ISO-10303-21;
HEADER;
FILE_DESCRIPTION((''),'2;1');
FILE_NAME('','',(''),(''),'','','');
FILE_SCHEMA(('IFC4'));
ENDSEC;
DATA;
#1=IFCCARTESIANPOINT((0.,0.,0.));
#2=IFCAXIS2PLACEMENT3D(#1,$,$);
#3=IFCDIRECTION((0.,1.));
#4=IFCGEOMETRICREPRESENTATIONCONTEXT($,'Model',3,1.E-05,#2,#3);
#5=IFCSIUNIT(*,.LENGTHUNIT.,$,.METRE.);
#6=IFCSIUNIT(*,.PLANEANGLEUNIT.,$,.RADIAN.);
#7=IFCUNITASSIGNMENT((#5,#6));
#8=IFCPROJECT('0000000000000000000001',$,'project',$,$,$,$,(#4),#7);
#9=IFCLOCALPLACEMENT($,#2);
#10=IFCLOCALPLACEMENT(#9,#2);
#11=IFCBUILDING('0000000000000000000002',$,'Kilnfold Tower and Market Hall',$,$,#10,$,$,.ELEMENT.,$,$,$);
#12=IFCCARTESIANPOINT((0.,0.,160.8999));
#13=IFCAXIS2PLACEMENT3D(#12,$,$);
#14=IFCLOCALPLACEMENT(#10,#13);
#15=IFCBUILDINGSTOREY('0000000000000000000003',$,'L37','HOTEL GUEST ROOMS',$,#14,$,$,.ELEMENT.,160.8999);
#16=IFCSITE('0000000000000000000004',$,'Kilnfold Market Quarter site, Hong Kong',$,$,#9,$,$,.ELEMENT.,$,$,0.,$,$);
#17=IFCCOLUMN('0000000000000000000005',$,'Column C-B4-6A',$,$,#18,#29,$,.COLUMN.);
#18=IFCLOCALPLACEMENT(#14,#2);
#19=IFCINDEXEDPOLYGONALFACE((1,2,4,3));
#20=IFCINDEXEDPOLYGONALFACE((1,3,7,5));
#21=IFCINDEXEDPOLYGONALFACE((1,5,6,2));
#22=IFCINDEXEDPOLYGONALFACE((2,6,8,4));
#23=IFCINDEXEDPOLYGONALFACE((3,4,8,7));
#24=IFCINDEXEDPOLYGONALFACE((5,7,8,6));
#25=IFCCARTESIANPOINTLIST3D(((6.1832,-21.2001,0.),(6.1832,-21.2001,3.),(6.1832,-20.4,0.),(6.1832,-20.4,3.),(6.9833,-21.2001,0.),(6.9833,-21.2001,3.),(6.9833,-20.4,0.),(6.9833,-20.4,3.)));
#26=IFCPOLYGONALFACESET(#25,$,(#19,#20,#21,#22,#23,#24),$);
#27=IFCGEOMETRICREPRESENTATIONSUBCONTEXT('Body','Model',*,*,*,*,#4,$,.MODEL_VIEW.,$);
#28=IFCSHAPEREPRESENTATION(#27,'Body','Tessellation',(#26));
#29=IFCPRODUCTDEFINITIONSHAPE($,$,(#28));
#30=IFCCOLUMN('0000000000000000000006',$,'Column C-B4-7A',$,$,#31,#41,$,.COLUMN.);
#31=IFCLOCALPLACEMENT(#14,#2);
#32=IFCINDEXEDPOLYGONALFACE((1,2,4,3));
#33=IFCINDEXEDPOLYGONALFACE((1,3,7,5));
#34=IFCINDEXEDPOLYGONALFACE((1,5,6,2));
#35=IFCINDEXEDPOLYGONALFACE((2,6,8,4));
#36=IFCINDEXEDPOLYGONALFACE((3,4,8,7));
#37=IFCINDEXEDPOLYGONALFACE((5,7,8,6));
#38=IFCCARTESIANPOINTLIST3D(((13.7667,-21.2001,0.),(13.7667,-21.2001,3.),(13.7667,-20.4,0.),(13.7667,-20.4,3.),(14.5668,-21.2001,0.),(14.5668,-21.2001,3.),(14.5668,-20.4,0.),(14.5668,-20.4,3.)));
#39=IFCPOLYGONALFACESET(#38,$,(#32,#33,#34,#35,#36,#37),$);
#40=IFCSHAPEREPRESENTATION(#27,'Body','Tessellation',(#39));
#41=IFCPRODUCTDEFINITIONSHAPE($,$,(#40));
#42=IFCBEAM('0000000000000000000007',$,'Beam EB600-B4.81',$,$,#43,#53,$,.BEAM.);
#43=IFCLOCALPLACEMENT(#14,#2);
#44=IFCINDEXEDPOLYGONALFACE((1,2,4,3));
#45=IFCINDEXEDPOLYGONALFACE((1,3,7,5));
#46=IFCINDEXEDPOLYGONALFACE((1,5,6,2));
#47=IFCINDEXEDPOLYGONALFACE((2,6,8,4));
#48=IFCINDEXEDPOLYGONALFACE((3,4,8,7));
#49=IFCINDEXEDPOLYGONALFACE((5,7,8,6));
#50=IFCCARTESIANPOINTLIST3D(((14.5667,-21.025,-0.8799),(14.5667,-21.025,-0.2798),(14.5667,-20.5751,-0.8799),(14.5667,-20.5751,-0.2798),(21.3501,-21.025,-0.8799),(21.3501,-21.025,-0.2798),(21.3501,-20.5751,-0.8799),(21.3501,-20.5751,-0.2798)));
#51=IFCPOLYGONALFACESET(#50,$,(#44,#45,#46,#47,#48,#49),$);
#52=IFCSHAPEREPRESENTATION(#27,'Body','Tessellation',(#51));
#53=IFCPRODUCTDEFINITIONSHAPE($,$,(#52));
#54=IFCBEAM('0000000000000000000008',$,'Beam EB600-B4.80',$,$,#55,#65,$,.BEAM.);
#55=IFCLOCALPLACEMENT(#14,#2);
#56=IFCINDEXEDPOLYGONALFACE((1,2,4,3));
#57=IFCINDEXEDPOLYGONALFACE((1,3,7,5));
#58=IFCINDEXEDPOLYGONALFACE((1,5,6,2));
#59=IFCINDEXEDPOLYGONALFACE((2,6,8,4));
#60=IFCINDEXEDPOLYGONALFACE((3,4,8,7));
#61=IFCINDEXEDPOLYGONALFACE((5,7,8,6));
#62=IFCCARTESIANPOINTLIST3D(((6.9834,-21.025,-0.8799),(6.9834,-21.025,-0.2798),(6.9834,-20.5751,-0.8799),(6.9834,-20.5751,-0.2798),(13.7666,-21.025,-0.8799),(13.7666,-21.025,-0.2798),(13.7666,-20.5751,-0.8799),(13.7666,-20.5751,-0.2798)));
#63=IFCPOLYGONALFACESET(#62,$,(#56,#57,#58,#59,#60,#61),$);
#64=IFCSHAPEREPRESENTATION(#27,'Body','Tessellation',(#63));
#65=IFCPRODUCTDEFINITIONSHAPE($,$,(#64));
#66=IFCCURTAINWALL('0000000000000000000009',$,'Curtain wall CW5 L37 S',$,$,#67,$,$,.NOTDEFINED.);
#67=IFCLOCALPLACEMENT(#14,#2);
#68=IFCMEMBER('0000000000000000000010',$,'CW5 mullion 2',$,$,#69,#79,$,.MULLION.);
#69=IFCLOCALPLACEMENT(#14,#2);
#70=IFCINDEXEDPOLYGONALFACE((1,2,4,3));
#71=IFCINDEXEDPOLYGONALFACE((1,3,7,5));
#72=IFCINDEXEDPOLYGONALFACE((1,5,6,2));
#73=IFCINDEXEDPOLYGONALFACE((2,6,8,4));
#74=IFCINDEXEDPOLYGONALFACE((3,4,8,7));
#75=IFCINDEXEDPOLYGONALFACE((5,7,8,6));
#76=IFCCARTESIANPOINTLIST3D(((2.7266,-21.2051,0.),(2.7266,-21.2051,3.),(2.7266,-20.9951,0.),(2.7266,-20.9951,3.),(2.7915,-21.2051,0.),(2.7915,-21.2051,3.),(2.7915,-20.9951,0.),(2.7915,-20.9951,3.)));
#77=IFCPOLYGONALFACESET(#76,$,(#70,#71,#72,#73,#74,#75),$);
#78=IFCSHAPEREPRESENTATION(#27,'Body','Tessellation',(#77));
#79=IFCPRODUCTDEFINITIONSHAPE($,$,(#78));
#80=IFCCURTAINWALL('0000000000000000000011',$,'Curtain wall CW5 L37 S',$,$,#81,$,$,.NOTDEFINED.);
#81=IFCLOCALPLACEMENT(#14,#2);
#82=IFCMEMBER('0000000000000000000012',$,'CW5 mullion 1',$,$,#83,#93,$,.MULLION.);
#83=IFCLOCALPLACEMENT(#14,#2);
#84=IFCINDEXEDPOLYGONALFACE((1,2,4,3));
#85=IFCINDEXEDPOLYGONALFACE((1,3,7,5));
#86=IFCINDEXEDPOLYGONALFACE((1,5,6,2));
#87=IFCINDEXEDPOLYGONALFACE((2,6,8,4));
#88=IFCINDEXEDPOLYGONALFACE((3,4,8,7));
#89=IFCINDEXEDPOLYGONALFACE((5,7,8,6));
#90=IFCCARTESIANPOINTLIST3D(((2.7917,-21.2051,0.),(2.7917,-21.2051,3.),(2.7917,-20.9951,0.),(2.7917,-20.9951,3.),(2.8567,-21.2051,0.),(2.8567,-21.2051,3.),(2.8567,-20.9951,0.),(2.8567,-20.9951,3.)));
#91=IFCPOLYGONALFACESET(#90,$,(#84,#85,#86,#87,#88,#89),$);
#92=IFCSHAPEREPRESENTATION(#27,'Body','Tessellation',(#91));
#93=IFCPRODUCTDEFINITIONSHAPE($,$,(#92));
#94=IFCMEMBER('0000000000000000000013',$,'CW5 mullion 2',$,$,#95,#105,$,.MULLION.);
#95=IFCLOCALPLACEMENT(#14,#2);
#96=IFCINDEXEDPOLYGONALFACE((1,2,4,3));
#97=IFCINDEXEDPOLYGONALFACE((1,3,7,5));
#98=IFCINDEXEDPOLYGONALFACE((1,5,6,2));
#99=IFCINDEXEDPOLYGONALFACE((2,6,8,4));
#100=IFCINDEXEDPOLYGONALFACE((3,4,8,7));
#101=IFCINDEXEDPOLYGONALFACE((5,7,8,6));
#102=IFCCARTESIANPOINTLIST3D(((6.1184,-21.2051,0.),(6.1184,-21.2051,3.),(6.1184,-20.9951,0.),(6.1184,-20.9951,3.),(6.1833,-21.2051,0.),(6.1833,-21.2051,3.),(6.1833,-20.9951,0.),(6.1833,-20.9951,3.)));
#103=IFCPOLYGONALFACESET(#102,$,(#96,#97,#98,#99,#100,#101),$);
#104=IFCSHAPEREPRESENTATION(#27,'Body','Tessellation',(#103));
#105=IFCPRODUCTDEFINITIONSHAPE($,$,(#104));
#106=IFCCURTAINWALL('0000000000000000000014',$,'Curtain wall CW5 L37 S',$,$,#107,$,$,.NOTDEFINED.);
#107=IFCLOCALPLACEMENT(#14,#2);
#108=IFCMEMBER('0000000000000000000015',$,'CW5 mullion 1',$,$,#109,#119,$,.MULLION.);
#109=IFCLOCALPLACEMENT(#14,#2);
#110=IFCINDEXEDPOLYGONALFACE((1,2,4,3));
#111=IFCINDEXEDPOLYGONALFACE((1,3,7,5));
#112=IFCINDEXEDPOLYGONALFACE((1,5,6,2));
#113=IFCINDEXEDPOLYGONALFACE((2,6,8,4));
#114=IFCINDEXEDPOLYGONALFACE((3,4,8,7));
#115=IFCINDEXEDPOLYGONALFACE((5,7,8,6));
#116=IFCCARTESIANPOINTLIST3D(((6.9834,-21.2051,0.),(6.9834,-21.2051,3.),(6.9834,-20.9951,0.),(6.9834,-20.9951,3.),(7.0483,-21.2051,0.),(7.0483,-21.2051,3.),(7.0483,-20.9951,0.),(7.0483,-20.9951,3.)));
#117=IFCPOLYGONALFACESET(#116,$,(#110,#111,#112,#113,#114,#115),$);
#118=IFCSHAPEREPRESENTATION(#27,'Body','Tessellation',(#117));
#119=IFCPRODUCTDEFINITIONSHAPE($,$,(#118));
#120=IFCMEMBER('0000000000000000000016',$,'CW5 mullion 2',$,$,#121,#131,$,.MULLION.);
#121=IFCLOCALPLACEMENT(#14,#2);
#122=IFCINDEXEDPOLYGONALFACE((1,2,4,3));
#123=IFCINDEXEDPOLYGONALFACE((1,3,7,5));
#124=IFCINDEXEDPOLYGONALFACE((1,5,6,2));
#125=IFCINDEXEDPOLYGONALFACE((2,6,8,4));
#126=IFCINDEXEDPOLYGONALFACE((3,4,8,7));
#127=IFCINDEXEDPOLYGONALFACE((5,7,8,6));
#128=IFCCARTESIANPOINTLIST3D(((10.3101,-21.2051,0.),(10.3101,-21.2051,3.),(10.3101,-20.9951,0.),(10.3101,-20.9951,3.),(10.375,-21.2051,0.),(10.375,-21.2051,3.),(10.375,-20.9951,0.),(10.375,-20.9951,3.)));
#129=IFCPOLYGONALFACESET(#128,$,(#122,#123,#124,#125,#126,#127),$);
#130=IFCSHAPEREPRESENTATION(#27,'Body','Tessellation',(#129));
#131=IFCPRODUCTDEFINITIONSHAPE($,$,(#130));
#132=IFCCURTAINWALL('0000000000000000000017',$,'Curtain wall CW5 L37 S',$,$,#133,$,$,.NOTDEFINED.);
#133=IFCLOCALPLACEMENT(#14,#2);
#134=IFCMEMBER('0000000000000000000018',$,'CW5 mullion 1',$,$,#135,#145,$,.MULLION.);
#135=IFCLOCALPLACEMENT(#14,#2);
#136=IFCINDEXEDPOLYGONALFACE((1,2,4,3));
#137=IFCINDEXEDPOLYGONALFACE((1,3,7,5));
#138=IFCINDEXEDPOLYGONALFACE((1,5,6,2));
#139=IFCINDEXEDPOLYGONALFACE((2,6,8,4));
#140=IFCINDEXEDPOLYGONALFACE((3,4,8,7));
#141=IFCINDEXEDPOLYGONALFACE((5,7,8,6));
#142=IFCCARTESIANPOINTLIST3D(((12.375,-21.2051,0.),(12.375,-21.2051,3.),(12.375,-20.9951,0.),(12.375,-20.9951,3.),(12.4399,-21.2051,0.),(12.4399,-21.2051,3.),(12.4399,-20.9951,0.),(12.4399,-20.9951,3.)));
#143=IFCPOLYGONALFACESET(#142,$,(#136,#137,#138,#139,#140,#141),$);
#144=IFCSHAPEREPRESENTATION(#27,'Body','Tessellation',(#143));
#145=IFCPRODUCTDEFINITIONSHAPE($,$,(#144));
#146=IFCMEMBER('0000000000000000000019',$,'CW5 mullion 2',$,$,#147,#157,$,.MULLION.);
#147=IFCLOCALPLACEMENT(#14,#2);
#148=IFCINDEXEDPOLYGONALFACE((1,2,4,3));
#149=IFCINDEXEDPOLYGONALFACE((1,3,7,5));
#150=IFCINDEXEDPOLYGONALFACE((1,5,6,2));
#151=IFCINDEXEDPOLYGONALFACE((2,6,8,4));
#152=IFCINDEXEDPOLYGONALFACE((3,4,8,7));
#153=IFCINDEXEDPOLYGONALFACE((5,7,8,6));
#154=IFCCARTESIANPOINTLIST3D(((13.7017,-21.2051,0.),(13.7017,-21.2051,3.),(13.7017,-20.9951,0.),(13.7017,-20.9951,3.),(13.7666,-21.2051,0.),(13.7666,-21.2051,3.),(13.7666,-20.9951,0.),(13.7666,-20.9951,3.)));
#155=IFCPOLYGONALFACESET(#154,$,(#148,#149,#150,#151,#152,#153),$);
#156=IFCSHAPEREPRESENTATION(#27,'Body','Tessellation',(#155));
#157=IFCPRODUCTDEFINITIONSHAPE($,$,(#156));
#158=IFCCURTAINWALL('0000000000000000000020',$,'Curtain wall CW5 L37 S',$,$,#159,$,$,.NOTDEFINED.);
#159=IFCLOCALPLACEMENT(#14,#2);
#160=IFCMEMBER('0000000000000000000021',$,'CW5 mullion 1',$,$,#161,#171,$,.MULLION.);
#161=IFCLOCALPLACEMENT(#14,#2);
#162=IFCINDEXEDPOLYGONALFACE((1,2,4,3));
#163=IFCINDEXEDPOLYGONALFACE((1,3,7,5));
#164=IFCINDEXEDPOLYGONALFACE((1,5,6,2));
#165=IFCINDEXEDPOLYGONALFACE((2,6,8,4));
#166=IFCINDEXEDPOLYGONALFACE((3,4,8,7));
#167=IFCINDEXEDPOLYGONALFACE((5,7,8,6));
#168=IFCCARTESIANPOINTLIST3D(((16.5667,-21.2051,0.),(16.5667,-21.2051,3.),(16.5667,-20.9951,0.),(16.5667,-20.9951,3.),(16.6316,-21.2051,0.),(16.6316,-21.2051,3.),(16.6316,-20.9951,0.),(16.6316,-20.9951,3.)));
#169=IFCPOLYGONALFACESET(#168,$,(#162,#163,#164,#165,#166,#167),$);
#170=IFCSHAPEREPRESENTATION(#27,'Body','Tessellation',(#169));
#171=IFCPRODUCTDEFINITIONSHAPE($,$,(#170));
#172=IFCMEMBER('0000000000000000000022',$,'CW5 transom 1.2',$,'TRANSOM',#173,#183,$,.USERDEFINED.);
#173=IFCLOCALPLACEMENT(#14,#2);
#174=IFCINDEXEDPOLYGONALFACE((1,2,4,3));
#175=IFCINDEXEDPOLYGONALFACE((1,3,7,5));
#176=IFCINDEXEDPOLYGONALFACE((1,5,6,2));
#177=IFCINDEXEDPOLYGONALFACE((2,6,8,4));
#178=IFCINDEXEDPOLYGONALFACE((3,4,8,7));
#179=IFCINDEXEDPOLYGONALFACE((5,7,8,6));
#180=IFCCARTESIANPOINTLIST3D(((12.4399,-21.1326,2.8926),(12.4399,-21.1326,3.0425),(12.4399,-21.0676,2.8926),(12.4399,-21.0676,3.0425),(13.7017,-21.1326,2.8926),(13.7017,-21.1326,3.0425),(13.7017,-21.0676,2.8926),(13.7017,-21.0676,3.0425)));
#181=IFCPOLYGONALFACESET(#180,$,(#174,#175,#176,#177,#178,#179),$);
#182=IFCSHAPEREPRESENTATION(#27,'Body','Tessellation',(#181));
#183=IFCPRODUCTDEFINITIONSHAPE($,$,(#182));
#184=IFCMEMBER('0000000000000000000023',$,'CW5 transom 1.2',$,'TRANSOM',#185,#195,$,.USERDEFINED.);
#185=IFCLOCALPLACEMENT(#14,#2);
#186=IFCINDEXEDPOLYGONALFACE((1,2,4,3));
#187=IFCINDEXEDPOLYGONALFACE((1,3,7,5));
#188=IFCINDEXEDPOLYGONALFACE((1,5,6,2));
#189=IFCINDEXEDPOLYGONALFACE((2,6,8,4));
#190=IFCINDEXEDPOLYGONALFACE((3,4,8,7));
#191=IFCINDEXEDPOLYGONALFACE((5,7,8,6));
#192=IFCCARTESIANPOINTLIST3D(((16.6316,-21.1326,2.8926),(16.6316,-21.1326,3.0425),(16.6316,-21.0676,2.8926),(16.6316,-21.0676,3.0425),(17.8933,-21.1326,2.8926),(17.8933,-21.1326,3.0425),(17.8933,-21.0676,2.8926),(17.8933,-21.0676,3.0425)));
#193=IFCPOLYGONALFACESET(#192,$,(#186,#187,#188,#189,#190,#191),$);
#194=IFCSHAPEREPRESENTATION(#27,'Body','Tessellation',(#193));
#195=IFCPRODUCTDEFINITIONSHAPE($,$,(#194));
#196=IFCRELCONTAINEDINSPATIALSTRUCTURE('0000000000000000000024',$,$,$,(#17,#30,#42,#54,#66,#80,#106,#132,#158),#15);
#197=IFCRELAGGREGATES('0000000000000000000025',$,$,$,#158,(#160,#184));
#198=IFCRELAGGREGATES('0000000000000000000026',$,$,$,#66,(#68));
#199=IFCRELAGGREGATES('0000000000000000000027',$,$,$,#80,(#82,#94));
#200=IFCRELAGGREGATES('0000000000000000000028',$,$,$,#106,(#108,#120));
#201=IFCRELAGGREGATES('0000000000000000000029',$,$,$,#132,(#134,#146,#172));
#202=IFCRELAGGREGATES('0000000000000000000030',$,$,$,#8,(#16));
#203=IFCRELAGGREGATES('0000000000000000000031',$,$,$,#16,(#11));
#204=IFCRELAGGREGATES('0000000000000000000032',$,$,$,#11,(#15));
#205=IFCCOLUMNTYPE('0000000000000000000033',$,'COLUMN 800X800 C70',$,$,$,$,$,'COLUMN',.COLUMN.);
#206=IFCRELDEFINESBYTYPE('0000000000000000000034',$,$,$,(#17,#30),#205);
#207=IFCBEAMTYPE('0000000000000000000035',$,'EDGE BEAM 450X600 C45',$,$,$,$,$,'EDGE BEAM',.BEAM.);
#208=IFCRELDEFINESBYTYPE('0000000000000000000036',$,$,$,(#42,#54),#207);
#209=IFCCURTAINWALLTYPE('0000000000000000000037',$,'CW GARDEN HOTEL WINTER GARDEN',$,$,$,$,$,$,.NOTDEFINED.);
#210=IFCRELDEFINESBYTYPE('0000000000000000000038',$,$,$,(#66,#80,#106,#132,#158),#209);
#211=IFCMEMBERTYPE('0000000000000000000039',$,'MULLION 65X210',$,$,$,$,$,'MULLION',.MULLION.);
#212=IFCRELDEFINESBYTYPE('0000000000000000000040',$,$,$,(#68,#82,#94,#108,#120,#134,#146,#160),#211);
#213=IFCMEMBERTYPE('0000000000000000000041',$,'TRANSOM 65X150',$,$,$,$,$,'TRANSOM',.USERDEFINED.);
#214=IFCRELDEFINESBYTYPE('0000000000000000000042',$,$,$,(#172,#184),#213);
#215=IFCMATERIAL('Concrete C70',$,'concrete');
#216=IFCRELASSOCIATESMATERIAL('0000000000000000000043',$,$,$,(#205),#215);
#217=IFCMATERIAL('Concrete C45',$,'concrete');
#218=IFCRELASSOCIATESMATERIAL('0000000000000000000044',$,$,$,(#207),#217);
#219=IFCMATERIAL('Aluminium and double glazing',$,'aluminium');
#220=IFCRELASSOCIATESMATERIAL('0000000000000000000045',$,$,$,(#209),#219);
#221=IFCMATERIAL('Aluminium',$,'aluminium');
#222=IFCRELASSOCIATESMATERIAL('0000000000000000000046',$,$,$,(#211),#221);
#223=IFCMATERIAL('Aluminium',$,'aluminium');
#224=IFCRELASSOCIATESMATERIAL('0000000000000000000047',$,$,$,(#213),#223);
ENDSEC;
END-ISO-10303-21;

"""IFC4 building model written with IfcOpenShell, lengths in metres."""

from ifc_helpers import new_model, si_unit, direction, frame, origin, origin_2d, place, context, subcontext, project, spatial, rectangle, extrude, source, transform, mapped, material, material_profile, profile_set, type_object, element, aggregate, save


model = new_model("IFC4")

# Units and contexts
model_context = context("Model", 3, precision=1e-05, world=origin(), true_north=direction((0.0, 1.0)))
body_context = subcontext(model_context, "Body", "Model", "MODEL_VIEW")
ifc_project = project(units=[si_unit("LENGTHUNIT", "METRE"), si_unit("PLANEANGLEUNIT", "RADIAN")], contexts=[model_context])

# Site, building, storey
site_placement = place(None, origin())
site = spatial("IfcSite", under=ifc_project, at=site_placement, Name="Kilnfold Market Quarter site, Hong Kong", CompositionType="ELEMENT", RefElevation=0.0)
building_placement = place(site_placement, origin())
building = spatial("IfcBuilding", under=site, at=building_placement, Name="Kilnfold Tower and Market Hall", CompositionType="ELEMENT")
storey_placement = place(building_placement, frame((0.0, 0.0, 160.8999)))
storey = spatial("IfcBuildingStorey", under=building, at=storey_placement, Name="L37", Description="HOTEL GUEST ROOMS", CompositionType="ELEMENT", Elevation=160.8999)

# Columns
ifc_material_1 = material(Name="Concrete C70", Category="concrete")
ifc_material_profile_1 = material_profile(ifc_material_1, rectangle(XDim=0.8, YDim=0.8, at=origin_2d()), Name="RC 800x800")
ifc_profile_set_1 = profile_set([ifc_material_profile_1], Name="Concrete C70")
column_type = type_object("IfcColumnType", Name="COLUMN 800X800 C70", ElementType="COLUMN", PredefinedType="COLUMN", material=ifc_profile_set_1)
shared_shape_1 = source(origin(), body_context, "Body", "SweptSolid", [
    extrude(rectangle(XDim=0.8, YDim=0.8, at=origin_2d()), origin(), (0.0, 0.0, 1.0), 3.0),
])
for number, where, z_axis, x_axis, name in (
    (1, (6.5833, -20.8, 0.0), (0.0, 0.0, 1.0), (1.0, 0.0, 0.0), "Column C-B4-6A"),
    (2, (14.1667, -20.8, 0.0), (0.0, 0.0, 1.0), (1.0, 0.0, 0.0), "Column C-B4-7A"),
):
    element("IfcColumn", number, at=place(storey_placement, frame(where, z_axis=z_axis, x_axis=x_axis)), inside=storey, type_object=column_type, Name=name, PredefinedType="COLUMN", context=body_context, shape_type="MappedRepresentation", body=[
        mapped(shared_shape_1, transform((0.0, 0.0, 0.0))),
    ])

# Beams
ifc_material_2 = material(Name="Concrete C45", Category="concrete")
ifc_material_profile_2 = material_profile(ifc_material_2, rectangle(XDim=0.45, YDim=0.6001, at=origin_2d()), Name="RC 450x600")
ifc_profile_set_2 = profile_set([ifc_material_profile_2], Name="Concrete C45")
beam_type = type_object("IfcBeamType", Name="EDGE BEAM 450X600 C45", ElementType="EDGE BEAM", PredefinedType="BEAM", material=ifc_profile_set_2)
shared_shape_2 = source(origin(), body_context, "Body", "SweptSolid", [
    extrude(rectangle(XDim=0.45, YDim=0.6001, at=origin_2d()), origin(), (0.0, 0.0, 1.0), 6.7834),
])
beam_1_placement = place(storey_placement, frame((14.5667, -20.8, -0.5798), z_axis=(1.0, 0.0, 0.0), x_axis=(0.0, 1.0, 0.0)))
element("IfcBeam", 3, at=beam_1_placement, inside=storey, type_object=beam_type, Name="Beam EB600-B4.81", PredefinedType="BEAM", context=body_context, shape_type="MappedRepresentation", body=[
    mapped(shared_shape_2, transform((0.0, 0.0, 0.0))),
])
shared_shape_3 = source(origin(), body_context, "Body", "SweptSolid", [
    extrude(rectangle(XDim=0.45, YDim=0.6001, at=origin_2d()), origin(), (0.0, 0.0, 1.0), 6.7832),
])
beam_2_placement = place(storey_placement, frame((6.9834, -20.8, -0.5798), z_axis=(1.0, 0.0, 0.0), x_axis=(0.0, 1.0, 0.0)))
element("IfcBeam", 4, at=beam_2_placement, inside=storey, type_object=beam_type, Name="Beam EB600-B4.80", PredefinedType="BEAM", context=body_context, shape_type="MappedRepresentation", body=[
    mapped(shared_shape_3, transform((0.0, 0.0, 0.0))),
])

# Curtain wall, member
ifc_material_3 = material(Name="Aluminium and double glazing", Category="aluminium")
curtain_wall_type = type_object("IfcCurtainWallType", Name="CW GARDEN HOTEL WINTER GARDEN", PredefinedType="NOTDEFINED", material=ifc_material_3)
curtain_wall_1_placement = place(storey_placement, origin())
curtain_wall_1 = element("IfcCurtainWall", 5, at=curtain_wall_1_placement, inside=storey, type_object=curtain_wall_type, Name="Curtain wall CW5 L37 S", PredefinedType="NOTDEFINED")
ifc_material_4 = material(Name="Aluminium", Category="aluminium")
ifc_material_profile_3 = material_profile(ifc_material_4, rectangle(XDim=0.0649, YDim=0.21, at=origin_2d()), Name="MULLION 65x210")
ifc_profile_set_3 = profile_set([ifc_material_profile_3], Name="Aluminium")
member_type_1 = type_object("IfcMemberType", Name="MULLION 65X210", ElementType="MULLION", PredefinedType="MULLION", material=ifc_profile_set_3)
shared_shape_4 = source(origin(), body_context, "Body", "SweptSolid", [
    extrude(rectangle(XDim=0.0649, YDim=0.21, at=origin_2d()), origin(), (0.0, 0.0, 1.0), 3.0),
])
member_1_placement = place(storey_placement, frame((2.759, -21.1001, 0.0), z_axis=(0.0, 0.0, 1.0), x_axis=(1.0, 0.0, 0.0)))
member_1 = element("IfcMember", 6, at=member_1_placement, type_object=member_type_1, Name="CW5 mullion 2", PredefinedType="MULLION", context=body_context, shape_type="MappedRepresentation", body=[
    mapped(shared_shape_4, transform((0.0, 0.0, 0.0))),
])

# Curtain walls, members
curtain_wall_2_placement = place(storey_placement, origin())
curtain_wall_2 = element("IfcCurtainWall", 7, at=curtain_wall_2_placement, inside=storey, type_object=curtain_wall_type, Name="Curtain wall CW5 L37 S", PredefinedType="NOTDEFINED")
member_2_placement = place(storey_placement, frame((2.8242, -21.1001, 0.0), z_axis=(0.0, 0.0, 1.0), x_axis=(1.0, 0.0, 0.0)))
member_2 = element("IfcMember", 8, at=member_2_placement, type_object=member_type_1, Name="CW5 mullion 1", PredefinedType="MULLION", context=body_context, shape_type="MappedRepresentation", body=[
    mapped(shared_shape_4, transform((0.0, 0.0, 0.0))),
])
member_3_placement = place(storey_placement, frame((6.1509, -21.1001, 0.0), z_axis=(0.0, 0.0, 1.0), x_axis=(1.0, 0.0, 0.0)))
member_3 = element("IfcMember", 9, at=member_3_placement, type_object=member_type_1, Name="CW5 mullion 2", PredefinedType="MULLION", context=body_context, shape_type="MappedRepresentation", body=[
    mapped(shared_shape_4, transform((0.0, 0.0, 0.0))),
])
curtain_wall_3_placement = place(storey_placement, origin())
curtain_wall_3 = element("IfcCurtainWall", 10, at=curtain_wall_3_placement, inside=storey, type_object=curtain_wall_type, Name="Curtain wall CW5 L37 S", PredefinedType="NOTDEFINED")
member_4_placement = place(storey_placement, frame((7.0159, -21.1001, 0.0), z_axis=(0.0, 0.0, 1.0), x_axis=(1.0, 0.0, 0.0)))
member_4 = element("IfcMember", 11, at=member_4_placement, type_object=member_type_1, Name="CW5 mullion 1", PredefinedType="MULLION", context=body_context, shape_type="MappedRepresentation", body=[
    mapped(shared_shape_4, transform((0.0, 0.0, 0.0))),
])
member_5_placement = place(storey_placement, frame((10.3425, -21.1001, 0.0), z_axis=(0.0, 0.0, 1.0), x_axis=(1.0, 0.0, 0.0)))
member_5 = element("IfcMember", 12, at=member_5_placement, type_object=member_type_1, Name="CW5 mullion 2", PredefinedType="MULLION", context=body_context, shape_type="MappedRepresentation", body=[
    mapped(shared_shape_4, transform((0.0, 0.0, 0.0))),
])
curtain_wall_4_placement = place(storey_placement, origin())
curtain_wall_4 = element("IfcCurtainWall", 13, at=curtain_wall_4_placement, inside=storey, type_object=curtain_wall_type, Name="Curtain wall CW5 L37 S", PredefinedType="NOTDEFINED")
member_6_placement = place(storey_placement, frame((12.4075, -21.1001, 0.0), z_axis=(0.0, 0.0, 1.0), x_axis=(1.0, 0.0, 0.0)))
member_6 = element("IfcMember", 14, at=member_6_placement, type_object=member_type_1, Name="CW5 mullion 1", PredefinedType="MULLION", context=body_context, shape_type="MappedRepresentation", body=[
    mapped(shared_shape_4, transform((0.0, 0.0, 0.0))),
])
member_7_placement = place(storey_placement, frame((13.7341, -21.1001, 0.0), z_axis=(0.0, 0.0, 1.0), x_axis=(1.0, 0.0, 0.0)))
member_7 = element("IfcMember", 15, at=member_7_placement, type_object=member_type_1, Name="CW5 mullion 2", PredefinedType="MULLION", context=body_context, shape_type="MappedRepresentation", body=[
    mapped(shared_shape_4, transform((0.0, 0.0, 0.0))),
])

# Curtain wall, member
curtain_wall_5_placement = place(storey_placement, origin())
curtain_wall_5 = element("IfcCurtainWall", 16, at=curtain_wall_5_placement, inside=storey, type_object=curtain_wall_type, Name="Curtain wall CW5 L37 S", PredefinedType="NOTDEFINED")
member_8_placement = place(storey_placement, frame((16.5991, -21.1001, 0.0), z_axis=(0.0, 0.0, 1.0), x_axis=(1.0, 0.0, 0.0)))
member_8 = element("IfcMember", 17, at=member_8_placement, type_object=member_type_1, Name="CW5 mullion 1", PredefinedType="MULLION", context=body_context, shape_type="MappedRepresentation", body=[
    mapped(shared_shape_4, transform((0.0, 0.0, 0.0))),
])

# Members
ifc_material_5 = material(Name="Aluminium", Category="aluminium")
ifc_material_profile_4 = material_profile(ifc_material_5, rectangle(XDim=0.0649, YDim=0.1499, at=origin_2d()), Name="TRANSOM 65x150")
ifc_profile_set_4 = profile_set([ifc_material_profile_4], Name="Aluminium")
member_type_2 = type_object("IfcMemberType", Name="TRANSOM 65X150", ElementType="TRANSOM", PredefinedType="USERDEFINED", material=ifc_profile_set_4)
shared_shape_5 = source(origin(), body_context, "Body", "SweptSolid", [
    extrude(rectangle(XDim=0.0649, YDim=0.1499, at=origin_2d()), origin(), (0.0, 0.0, 1.0), 1.2617),
])
member_9_placement = place(storey_placement, frame((12.4399, -21.1001, 2.9675), z_axis=(1.0, 0.0, 0.0), x_axis=(0.0, 1.0, 0.0)))
member_9 = element("IfcMember", 18, at=member_9_placement, type_object=member_type_2, Name="CW5 transom 1.2", ObjectType="TRANSOM", PredefinedType="USERDEFINED", context=body_context, shape_type="MappedRepresentation", body=[
    mapped(shared_shape_5, transform((0.0, 0.0, 0.0))),
])
member_10_placement = place(storey_placement, frame((16.6316, -21.1001, 2.9675), z_axis=(1.0, 0.0, 0.0), x_axis=(0.0, 1.0, 0.0)))
member_10 = element("IfcMember", 19, at=member_10_placement, type_object=member_type_2, Name="CW5 transom 1.2", ObjectType="TRANSOM", PredefinedType="USERDEFINED", context=body_context, shape_type="MappedRepresentation", body=[
    mapped(shared_shape_5, transform((0.0, 0.0, 0.0))),
])
aggregate(curtain_wall_5, [member_8, member_10])

aggregate(curtain_wall_1, [member_1])
aggregate(curtain_wall_2, [member_2, member_3])
aggregate(curtain_wall_3, [member_4, member_5])
aggregate(curtain_wall_4, [member_6, member_7, member_9])

save(model, "model.ifc")
